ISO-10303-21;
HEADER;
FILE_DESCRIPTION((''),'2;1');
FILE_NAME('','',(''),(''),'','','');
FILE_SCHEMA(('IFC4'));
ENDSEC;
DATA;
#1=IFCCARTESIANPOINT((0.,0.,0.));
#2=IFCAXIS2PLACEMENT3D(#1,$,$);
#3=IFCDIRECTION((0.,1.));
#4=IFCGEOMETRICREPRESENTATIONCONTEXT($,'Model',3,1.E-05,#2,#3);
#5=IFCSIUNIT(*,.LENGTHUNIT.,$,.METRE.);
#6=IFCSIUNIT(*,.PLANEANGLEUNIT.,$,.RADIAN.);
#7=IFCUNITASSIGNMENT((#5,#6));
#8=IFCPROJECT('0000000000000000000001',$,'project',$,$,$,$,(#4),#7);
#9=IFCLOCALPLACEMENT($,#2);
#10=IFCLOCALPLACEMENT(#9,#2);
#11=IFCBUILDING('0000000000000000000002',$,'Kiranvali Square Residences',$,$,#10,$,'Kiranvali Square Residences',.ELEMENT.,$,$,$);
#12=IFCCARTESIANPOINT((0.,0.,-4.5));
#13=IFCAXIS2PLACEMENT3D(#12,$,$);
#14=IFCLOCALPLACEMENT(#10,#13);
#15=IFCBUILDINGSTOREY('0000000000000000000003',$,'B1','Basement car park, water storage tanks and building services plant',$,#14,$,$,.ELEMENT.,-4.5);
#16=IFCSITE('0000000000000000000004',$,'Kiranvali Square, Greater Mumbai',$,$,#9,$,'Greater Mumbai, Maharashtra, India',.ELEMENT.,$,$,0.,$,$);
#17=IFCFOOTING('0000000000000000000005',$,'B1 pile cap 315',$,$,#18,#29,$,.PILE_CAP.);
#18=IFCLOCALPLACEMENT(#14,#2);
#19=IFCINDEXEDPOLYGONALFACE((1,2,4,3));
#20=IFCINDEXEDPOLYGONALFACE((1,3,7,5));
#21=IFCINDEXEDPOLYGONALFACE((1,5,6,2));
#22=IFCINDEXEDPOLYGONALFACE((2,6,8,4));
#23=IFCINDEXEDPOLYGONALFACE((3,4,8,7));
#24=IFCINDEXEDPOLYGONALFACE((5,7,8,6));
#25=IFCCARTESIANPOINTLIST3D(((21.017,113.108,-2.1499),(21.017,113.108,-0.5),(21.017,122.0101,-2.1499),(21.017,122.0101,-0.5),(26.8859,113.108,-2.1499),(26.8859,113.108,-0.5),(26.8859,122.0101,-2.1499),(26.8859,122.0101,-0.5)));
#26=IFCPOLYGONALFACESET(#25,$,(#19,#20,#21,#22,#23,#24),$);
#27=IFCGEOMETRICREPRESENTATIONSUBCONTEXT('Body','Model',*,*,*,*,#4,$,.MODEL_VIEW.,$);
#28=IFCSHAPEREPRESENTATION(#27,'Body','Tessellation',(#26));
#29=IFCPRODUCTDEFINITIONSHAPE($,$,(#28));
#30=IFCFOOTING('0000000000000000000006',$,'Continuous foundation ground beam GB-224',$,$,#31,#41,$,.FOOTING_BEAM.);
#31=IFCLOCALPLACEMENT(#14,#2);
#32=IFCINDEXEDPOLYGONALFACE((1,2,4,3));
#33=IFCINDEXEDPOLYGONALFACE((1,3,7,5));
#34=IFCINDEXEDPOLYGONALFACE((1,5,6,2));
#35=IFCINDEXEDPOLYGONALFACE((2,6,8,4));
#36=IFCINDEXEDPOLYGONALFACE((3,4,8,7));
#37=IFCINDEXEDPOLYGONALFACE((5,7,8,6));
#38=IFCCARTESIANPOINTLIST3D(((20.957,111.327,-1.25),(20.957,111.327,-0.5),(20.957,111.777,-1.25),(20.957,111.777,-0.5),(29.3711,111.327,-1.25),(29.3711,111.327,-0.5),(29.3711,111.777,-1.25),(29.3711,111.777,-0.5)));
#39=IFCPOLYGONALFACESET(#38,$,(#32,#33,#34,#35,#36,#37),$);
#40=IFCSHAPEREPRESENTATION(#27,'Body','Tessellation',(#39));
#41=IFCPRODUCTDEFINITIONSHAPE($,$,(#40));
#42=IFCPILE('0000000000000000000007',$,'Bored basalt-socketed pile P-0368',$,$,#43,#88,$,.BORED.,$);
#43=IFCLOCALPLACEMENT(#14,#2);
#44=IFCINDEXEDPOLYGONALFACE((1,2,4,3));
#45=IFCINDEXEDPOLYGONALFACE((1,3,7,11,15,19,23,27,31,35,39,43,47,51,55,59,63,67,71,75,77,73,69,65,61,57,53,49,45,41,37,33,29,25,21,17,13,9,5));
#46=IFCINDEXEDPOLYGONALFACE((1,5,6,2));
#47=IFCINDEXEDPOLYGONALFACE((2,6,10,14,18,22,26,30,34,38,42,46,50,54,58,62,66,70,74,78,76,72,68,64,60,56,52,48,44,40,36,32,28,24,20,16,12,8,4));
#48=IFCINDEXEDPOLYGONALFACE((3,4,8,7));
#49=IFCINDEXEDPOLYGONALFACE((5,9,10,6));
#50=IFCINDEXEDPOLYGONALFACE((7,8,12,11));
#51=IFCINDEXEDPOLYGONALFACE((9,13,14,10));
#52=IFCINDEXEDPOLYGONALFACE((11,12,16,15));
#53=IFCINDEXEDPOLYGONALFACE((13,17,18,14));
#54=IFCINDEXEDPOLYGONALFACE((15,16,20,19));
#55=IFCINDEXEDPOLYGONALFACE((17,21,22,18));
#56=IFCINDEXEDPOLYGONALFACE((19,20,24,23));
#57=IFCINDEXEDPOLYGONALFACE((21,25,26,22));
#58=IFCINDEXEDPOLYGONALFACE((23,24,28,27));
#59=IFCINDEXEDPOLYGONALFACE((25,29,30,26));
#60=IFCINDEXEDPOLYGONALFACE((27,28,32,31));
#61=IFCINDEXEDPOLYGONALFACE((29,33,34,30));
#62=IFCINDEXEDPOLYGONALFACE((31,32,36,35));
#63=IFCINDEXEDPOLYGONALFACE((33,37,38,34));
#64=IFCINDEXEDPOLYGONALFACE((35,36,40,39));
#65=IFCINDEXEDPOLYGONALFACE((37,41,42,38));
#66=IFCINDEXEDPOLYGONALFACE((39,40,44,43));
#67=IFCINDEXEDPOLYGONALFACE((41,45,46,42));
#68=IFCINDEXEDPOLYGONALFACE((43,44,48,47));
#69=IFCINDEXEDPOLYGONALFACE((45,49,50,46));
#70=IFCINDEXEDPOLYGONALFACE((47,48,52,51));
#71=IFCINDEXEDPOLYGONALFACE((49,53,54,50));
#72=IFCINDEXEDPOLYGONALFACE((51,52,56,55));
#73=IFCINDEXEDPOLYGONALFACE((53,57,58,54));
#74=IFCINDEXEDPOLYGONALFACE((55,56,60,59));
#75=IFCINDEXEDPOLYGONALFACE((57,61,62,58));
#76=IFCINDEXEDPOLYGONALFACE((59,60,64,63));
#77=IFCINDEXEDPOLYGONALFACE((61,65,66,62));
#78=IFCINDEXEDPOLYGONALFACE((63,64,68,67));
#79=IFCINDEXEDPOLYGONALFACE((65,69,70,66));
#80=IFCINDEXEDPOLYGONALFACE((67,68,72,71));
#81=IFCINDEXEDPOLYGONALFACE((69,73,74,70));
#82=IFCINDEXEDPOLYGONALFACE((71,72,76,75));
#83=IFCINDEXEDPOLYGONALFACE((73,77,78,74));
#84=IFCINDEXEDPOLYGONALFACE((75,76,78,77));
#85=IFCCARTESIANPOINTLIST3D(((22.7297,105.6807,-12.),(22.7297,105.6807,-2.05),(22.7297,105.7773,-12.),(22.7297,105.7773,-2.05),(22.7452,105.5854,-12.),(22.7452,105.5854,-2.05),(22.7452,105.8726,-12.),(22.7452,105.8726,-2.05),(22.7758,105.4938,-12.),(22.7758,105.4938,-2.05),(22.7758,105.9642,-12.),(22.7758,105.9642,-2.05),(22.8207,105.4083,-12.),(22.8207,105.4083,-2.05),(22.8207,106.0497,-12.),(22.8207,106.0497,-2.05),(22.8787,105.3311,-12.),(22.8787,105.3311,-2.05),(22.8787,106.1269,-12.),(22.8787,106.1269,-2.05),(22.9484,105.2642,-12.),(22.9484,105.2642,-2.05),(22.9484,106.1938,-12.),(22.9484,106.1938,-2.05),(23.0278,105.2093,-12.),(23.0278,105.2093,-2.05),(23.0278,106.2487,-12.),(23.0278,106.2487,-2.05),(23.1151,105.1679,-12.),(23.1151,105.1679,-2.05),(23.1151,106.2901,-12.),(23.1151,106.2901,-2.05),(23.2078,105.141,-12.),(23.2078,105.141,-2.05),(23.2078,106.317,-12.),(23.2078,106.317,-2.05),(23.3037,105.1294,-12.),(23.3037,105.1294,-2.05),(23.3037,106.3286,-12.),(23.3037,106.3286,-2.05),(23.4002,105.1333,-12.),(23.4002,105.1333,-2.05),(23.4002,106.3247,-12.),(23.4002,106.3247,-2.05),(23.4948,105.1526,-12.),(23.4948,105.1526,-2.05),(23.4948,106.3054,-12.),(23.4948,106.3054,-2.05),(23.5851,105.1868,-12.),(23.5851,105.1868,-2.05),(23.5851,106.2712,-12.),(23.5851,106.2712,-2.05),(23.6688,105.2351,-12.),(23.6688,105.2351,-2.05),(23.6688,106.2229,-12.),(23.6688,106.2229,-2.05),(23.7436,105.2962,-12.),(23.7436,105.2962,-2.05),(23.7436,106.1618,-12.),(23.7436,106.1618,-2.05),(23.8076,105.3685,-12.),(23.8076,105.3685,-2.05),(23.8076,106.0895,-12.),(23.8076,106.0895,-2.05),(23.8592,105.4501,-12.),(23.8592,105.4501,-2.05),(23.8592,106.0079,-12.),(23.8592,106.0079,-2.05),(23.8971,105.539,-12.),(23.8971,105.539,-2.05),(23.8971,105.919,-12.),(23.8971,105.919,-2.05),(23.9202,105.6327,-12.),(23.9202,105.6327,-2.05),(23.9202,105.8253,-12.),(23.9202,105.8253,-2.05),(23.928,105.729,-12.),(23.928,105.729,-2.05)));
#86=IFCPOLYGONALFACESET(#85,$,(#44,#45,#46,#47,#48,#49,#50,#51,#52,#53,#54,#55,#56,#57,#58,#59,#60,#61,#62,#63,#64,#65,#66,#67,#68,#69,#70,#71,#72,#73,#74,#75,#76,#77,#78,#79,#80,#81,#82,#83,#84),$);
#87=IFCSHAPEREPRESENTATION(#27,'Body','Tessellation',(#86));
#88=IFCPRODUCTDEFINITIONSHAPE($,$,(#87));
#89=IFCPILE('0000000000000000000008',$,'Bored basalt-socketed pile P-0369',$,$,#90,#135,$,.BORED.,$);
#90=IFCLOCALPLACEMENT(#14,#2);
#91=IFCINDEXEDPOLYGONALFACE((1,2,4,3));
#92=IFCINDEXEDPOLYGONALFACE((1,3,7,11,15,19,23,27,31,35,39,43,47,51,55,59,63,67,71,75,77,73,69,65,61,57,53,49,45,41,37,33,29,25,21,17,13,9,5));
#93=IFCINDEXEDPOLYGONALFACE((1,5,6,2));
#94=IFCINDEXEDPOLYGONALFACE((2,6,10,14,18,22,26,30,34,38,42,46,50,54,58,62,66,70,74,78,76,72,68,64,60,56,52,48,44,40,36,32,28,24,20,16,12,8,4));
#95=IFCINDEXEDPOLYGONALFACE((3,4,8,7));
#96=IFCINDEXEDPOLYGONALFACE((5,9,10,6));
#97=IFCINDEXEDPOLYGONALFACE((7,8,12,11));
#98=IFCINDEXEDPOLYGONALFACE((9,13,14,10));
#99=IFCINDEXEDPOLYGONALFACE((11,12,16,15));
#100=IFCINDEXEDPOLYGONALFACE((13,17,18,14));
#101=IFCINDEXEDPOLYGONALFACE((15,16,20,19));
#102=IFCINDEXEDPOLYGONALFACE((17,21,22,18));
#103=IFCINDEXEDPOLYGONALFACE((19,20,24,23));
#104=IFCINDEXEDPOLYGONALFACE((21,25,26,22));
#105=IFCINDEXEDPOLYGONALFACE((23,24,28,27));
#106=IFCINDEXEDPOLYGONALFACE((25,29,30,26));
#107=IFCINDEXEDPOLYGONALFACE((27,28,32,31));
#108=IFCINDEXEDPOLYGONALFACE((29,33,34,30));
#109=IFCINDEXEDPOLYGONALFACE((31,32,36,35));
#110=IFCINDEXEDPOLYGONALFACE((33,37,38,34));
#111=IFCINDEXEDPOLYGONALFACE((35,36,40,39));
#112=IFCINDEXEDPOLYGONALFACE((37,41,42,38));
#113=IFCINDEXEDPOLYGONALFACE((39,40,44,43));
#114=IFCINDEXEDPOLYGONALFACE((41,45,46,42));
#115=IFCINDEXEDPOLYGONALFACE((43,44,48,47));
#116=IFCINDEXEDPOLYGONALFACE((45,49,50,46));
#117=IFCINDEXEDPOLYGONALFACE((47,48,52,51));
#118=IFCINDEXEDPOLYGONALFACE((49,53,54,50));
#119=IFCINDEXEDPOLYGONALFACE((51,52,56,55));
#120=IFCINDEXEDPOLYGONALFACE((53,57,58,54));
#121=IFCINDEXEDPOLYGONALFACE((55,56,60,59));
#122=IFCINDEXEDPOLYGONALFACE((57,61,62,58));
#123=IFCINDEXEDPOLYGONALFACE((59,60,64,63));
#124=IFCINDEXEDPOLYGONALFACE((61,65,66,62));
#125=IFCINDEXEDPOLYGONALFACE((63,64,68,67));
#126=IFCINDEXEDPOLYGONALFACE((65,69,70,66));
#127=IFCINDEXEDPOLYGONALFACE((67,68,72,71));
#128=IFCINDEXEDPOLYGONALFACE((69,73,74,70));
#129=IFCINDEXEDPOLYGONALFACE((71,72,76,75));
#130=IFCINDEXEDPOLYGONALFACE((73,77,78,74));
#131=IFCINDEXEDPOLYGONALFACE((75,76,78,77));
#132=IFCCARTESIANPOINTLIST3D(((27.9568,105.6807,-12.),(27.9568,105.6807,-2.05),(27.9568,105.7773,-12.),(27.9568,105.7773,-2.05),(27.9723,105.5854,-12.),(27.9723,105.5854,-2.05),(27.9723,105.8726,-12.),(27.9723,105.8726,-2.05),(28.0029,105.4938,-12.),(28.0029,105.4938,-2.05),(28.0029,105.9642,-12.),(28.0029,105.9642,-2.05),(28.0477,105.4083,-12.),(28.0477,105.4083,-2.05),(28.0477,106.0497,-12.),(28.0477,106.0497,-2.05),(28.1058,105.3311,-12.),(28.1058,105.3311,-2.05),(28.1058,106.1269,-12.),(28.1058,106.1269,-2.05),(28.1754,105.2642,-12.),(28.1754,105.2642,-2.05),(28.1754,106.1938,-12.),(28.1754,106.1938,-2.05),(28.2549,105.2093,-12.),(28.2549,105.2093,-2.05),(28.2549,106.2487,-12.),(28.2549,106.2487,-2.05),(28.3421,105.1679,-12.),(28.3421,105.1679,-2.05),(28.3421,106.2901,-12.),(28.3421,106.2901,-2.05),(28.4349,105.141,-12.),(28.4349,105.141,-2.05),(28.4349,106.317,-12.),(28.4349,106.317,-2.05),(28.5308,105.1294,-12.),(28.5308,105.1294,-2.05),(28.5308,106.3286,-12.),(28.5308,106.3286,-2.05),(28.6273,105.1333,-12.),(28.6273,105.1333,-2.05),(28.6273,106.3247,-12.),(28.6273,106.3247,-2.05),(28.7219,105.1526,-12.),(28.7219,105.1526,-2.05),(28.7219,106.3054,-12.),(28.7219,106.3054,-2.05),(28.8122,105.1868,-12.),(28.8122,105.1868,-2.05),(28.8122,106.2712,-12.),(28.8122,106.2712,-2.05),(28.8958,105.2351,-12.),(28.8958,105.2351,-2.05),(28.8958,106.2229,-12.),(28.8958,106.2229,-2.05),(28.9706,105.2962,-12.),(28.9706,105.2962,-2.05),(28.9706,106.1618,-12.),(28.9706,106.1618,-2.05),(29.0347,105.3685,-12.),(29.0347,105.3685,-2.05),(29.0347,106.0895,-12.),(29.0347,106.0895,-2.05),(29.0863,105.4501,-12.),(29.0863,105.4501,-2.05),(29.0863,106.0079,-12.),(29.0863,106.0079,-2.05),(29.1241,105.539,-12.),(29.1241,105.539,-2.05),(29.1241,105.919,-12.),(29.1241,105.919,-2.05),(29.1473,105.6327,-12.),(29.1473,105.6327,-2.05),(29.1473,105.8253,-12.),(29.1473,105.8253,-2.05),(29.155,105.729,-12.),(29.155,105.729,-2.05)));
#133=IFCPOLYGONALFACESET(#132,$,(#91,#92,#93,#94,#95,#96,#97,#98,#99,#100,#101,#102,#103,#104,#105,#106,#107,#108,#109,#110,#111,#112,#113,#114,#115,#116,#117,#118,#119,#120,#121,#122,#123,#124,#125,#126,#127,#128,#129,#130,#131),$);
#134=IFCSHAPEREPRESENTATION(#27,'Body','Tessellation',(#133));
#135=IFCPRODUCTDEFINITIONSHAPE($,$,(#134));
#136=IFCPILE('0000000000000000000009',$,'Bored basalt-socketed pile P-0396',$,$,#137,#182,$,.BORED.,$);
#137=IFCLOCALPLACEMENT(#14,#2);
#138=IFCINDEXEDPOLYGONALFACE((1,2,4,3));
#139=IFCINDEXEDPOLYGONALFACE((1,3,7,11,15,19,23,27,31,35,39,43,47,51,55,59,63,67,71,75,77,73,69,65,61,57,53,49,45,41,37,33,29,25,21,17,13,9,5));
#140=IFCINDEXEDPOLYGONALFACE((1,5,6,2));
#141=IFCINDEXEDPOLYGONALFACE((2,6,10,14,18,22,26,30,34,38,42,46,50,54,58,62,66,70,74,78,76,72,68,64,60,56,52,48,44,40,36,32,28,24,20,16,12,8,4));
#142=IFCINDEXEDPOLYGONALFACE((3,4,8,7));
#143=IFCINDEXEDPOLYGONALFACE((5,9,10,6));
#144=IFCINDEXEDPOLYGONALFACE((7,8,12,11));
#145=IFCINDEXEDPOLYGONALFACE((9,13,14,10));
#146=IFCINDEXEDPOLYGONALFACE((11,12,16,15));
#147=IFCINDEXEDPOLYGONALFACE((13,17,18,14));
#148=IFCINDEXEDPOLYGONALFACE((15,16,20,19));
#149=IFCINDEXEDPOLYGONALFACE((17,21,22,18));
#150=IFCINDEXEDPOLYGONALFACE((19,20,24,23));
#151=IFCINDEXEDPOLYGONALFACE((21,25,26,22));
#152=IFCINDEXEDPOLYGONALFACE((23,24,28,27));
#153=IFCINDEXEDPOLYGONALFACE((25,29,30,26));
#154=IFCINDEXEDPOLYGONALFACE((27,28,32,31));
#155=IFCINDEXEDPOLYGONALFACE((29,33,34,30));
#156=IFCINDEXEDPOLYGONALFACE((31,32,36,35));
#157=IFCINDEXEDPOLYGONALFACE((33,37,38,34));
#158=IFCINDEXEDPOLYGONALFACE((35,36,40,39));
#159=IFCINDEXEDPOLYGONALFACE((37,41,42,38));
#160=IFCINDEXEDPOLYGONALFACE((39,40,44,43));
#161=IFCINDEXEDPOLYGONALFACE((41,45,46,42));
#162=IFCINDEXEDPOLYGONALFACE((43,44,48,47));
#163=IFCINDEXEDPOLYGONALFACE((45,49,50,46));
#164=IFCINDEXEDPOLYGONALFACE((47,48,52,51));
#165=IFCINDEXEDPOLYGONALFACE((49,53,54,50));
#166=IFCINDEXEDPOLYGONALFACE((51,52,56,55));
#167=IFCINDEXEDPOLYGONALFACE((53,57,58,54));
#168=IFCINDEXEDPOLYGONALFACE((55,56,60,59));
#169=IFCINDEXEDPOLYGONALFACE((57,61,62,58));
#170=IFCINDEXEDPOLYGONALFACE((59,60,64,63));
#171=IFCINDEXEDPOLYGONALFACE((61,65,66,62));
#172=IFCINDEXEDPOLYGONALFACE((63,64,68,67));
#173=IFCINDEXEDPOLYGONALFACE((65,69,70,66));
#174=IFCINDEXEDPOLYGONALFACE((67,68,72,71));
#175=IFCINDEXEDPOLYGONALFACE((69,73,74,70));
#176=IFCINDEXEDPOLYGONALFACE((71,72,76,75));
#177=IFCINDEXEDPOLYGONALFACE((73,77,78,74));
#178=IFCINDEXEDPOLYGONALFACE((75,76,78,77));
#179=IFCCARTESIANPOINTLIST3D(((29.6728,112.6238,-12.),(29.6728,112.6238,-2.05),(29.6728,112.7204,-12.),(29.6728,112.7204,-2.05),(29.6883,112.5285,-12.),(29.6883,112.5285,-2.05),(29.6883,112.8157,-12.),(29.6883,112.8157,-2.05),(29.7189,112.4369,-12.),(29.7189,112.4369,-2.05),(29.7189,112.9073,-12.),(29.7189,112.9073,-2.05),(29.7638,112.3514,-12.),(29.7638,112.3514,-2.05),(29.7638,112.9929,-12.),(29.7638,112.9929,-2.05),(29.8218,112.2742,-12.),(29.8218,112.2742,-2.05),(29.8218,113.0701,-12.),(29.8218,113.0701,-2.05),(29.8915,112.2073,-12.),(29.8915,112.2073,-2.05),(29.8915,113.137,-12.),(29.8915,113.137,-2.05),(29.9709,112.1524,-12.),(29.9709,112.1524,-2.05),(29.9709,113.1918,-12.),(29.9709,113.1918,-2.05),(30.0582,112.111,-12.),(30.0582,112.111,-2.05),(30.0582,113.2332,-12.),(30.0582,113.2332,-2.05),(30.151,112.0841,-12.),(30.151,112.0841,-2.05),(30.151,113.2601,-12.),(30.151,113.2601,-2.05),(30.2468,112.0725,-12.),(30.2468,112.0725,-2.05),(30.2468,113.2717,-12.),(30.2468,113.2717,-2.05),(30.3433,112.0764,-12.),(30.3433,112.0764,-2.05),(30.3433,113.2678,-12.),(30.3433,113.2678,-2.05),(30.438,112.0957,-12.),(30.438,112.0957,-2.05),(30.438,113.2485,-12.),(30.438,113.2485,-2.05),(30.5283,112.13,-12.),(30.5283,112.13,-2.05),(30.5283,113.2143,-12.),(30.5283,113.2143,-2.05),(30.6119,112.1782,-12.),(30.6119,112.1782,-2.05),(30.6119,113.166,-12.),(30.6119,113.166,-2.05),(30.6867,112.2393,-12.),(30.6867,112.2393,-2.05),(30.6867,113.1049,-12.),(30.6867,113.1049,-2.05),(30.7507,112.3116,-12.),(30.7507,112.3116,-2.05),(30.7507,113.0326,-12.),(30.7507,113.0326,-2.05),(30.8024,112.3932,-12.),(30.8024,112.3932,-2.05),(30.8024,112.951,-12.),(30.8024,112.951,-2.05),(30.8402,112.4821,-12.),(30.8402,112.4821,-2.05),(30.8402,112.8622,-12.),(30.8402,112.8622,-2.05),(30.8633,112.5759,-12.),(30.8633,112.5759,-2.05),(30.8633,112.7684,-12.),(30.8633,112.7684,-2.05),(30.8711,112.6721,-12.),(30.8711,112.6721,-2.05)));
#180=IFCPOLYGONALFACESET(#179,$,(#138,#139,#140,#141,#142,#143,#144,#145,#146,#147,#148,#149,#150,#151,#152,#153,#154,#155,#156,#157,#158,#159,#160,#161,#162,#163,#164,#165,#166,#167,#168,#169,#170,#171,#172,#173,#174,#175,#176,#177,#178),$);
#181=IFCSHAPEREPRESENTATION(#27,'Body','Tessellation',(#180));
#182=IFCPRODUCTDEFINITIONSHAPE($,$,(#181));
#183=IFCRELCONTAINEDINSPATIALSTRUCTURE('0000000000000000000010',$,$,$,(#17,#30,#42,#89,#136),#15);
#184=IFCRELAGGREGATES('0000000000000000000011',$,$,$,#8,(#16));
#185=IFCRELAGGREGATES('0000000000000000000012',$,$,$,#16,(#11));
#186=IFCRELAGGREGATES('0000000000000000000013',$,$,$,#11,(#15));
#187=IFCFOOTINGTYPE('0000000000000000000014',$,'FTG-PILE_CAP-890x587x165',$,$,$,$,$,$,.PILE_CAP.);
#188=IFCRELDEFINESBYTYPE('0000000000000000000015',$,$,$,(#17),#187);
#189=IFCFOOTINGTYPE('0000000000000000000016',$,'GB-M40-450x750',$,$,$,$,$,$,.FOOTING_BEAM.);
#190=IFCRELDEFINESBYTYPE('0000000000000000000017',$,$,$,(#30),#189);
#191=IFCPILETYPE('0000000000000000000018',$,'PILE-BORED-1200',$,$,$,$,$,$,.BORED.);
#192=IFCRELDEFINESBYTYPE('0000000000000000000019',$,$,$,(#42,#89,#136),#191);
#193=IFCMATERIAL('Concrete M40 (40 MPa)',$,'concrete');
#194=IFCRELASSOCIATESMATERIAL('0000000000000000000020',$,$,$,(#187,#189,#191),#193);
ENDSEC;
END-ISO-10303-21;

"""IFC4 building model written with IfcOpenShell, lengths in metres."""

from ifc_helpers import new_model, si_unit, direction, frame, origin, origin_2d, place, context, subcontext, project, spatial, rectangle, circle, extrude, material, material_profile, profile_set, type_object, element, save


model = new_model("IFC4")

# Units and contexts
model_context = context("Model", 3, precision=1e-05, world=origin(), true_north=direction((0.0, 1.0)))
body_context = subcontext(model_context, "Body", "Model", "MODEL_VIEW")
ifc_project = project(units=[si_unit("LENGTHUNIT", "METRE"), si_unit("PLANEANGLEUNIT", "RADIAN")], contexts=[model_context])

# Site, building, storey
site_placement = place(None, origin())
site = spatial("IfcSite", under=ifc_project, at=site_placement, Name="Kiranvali Square, Greater Mumbai", LongName="Greater Mumbai, Maharashtra, India", CompositionType="ELEMENT", RefElevation=0.0)
building_placement = place(site_placement, origin())
building = spatial("IfcBuilding", under=site, at=building_placement, Name="Kiranvali Square Residences", LongName="Kiranvali Square Residences", CompositionType="ELEMENT")
storey_placement = place(building_placement, frame((0.0, 0.0, -4.5)))
storey = spatial("IfcBuildingStorey", under=building, at=storey_placement, Name="B1", Description="Basement car park, water storage tanks and building services plant", CompositionType="ELEMENT", Elevation=-4.5)

# Footings
ifc_material_1 = material(Name="Concrete M40 (40 MPa)", Category="concrete")
footing_type_1 = type_object("IfcFootingType", Name="FTG-PILE_CAP-890x587x165", PredefinedType="PILE_CAP", material=ifc_material_1)
footing_1_placement = place(storey_placement, frame((23.9514, 117.5591, -2.1499), z_axis=(0.0, 0.0, 1.0), x_axis=(0.0, 1.0, 0.0)))
element("IfcFooting", 1, at=footing_1_placement, inside=storey, type_object=footing_type_1, Name="B1 pile cap 315", PredefinedType="PILE_CAP", context=body_context, shape_type="SweptSolid", body=[
    extrude(rectangle(XDim=8.9021, YDim=5.8689, at=origin_2d()), origin(), (0.0, 0.0, 1.0), 1.6499),
])
ifc_material_profile_1 = material_profile(ifc_material_1, rectangle(XDim=0.45, YDim=0.75, at=origin_2d()), Name="GB 450x750")
ifc_profile_set_1 = profile_set([ifc_material_profile_1], Name="Concrete M40 (40 MPa)")
footing_type_2 = type_object("IfcFootingType", Name="GB-M40-450x750", PredefinedType="FOOTING_BEAM", material=ifc_profile_set_1)
footing_2_placement = place(storey_placement, frame((20.957, 111.552, -0.875), z_axis=(1.0, 0.0, 0.0), x_axis=(0.0, 1.0, 0.0)))
element("IfcFooting", 2, at=footing_2_placement, inside=storey, type_object=footing_type_2, Name="Continuous foundation ground beam GB-224", PredefinedType="FOOTING_BEAM", context=body_context, shape_type="SweptSolid", body=[
    extrude(rectangle(XDim=0.45, YDim=0.75, at=origin_2d()), origin(), (0.0, 0.0, 1.0), 8.4141),
])

# Piles
ifc_material_profile_2 = material_profile(ifc_material_1, circle(Radius=0.6001, at=origin_2d()), Name="BORED PILE 1200")
ifc_profile_set_2 = profile_set([ifc_material_profile_2], Name="Concrete M40 (40 MPa)")
pile_type = type_object("IfcPileType", Name="PILE-BORED-1200", PredefinedType="BORED", material=ifc_profile_set_2)
for number, where, z_axis, x_axis, name in (
    (3, (23.3279, 105.729, -2.05), (0.0, 0.0, -1.0), (1.0, 0.0, 0.0), "Bored basalt-socketed pile P-0368"),
    (4, (28.5549, 105.729, -2.05), (0.0, 0.0, -1.0), (1.0, 0.0, 0.0), "Bored basalt-socketed pile P-0369"),
    (5, (30.271, 112.6721, -2.05), (0.0, 0.0, -1.0), (1.0, 0.0, 0.0), "Bored basalt-socketed pile P-0396"),
):
    element("IfcPile", number, at=place(storey_placement, frame(where, z_axis=z_axis, x_axis=x_axis)), inside=storey, type_object=pile_type, Name=name, PredefinedType="BORED", context=body_context, shape_type="SweptSolid", body=[
        extrude(circle(Radius=0.6001, at=origin_2d()), origin(), (0.0, 0.0, 1.0), 9.95),
    ])

save(model, "model.ifc")
